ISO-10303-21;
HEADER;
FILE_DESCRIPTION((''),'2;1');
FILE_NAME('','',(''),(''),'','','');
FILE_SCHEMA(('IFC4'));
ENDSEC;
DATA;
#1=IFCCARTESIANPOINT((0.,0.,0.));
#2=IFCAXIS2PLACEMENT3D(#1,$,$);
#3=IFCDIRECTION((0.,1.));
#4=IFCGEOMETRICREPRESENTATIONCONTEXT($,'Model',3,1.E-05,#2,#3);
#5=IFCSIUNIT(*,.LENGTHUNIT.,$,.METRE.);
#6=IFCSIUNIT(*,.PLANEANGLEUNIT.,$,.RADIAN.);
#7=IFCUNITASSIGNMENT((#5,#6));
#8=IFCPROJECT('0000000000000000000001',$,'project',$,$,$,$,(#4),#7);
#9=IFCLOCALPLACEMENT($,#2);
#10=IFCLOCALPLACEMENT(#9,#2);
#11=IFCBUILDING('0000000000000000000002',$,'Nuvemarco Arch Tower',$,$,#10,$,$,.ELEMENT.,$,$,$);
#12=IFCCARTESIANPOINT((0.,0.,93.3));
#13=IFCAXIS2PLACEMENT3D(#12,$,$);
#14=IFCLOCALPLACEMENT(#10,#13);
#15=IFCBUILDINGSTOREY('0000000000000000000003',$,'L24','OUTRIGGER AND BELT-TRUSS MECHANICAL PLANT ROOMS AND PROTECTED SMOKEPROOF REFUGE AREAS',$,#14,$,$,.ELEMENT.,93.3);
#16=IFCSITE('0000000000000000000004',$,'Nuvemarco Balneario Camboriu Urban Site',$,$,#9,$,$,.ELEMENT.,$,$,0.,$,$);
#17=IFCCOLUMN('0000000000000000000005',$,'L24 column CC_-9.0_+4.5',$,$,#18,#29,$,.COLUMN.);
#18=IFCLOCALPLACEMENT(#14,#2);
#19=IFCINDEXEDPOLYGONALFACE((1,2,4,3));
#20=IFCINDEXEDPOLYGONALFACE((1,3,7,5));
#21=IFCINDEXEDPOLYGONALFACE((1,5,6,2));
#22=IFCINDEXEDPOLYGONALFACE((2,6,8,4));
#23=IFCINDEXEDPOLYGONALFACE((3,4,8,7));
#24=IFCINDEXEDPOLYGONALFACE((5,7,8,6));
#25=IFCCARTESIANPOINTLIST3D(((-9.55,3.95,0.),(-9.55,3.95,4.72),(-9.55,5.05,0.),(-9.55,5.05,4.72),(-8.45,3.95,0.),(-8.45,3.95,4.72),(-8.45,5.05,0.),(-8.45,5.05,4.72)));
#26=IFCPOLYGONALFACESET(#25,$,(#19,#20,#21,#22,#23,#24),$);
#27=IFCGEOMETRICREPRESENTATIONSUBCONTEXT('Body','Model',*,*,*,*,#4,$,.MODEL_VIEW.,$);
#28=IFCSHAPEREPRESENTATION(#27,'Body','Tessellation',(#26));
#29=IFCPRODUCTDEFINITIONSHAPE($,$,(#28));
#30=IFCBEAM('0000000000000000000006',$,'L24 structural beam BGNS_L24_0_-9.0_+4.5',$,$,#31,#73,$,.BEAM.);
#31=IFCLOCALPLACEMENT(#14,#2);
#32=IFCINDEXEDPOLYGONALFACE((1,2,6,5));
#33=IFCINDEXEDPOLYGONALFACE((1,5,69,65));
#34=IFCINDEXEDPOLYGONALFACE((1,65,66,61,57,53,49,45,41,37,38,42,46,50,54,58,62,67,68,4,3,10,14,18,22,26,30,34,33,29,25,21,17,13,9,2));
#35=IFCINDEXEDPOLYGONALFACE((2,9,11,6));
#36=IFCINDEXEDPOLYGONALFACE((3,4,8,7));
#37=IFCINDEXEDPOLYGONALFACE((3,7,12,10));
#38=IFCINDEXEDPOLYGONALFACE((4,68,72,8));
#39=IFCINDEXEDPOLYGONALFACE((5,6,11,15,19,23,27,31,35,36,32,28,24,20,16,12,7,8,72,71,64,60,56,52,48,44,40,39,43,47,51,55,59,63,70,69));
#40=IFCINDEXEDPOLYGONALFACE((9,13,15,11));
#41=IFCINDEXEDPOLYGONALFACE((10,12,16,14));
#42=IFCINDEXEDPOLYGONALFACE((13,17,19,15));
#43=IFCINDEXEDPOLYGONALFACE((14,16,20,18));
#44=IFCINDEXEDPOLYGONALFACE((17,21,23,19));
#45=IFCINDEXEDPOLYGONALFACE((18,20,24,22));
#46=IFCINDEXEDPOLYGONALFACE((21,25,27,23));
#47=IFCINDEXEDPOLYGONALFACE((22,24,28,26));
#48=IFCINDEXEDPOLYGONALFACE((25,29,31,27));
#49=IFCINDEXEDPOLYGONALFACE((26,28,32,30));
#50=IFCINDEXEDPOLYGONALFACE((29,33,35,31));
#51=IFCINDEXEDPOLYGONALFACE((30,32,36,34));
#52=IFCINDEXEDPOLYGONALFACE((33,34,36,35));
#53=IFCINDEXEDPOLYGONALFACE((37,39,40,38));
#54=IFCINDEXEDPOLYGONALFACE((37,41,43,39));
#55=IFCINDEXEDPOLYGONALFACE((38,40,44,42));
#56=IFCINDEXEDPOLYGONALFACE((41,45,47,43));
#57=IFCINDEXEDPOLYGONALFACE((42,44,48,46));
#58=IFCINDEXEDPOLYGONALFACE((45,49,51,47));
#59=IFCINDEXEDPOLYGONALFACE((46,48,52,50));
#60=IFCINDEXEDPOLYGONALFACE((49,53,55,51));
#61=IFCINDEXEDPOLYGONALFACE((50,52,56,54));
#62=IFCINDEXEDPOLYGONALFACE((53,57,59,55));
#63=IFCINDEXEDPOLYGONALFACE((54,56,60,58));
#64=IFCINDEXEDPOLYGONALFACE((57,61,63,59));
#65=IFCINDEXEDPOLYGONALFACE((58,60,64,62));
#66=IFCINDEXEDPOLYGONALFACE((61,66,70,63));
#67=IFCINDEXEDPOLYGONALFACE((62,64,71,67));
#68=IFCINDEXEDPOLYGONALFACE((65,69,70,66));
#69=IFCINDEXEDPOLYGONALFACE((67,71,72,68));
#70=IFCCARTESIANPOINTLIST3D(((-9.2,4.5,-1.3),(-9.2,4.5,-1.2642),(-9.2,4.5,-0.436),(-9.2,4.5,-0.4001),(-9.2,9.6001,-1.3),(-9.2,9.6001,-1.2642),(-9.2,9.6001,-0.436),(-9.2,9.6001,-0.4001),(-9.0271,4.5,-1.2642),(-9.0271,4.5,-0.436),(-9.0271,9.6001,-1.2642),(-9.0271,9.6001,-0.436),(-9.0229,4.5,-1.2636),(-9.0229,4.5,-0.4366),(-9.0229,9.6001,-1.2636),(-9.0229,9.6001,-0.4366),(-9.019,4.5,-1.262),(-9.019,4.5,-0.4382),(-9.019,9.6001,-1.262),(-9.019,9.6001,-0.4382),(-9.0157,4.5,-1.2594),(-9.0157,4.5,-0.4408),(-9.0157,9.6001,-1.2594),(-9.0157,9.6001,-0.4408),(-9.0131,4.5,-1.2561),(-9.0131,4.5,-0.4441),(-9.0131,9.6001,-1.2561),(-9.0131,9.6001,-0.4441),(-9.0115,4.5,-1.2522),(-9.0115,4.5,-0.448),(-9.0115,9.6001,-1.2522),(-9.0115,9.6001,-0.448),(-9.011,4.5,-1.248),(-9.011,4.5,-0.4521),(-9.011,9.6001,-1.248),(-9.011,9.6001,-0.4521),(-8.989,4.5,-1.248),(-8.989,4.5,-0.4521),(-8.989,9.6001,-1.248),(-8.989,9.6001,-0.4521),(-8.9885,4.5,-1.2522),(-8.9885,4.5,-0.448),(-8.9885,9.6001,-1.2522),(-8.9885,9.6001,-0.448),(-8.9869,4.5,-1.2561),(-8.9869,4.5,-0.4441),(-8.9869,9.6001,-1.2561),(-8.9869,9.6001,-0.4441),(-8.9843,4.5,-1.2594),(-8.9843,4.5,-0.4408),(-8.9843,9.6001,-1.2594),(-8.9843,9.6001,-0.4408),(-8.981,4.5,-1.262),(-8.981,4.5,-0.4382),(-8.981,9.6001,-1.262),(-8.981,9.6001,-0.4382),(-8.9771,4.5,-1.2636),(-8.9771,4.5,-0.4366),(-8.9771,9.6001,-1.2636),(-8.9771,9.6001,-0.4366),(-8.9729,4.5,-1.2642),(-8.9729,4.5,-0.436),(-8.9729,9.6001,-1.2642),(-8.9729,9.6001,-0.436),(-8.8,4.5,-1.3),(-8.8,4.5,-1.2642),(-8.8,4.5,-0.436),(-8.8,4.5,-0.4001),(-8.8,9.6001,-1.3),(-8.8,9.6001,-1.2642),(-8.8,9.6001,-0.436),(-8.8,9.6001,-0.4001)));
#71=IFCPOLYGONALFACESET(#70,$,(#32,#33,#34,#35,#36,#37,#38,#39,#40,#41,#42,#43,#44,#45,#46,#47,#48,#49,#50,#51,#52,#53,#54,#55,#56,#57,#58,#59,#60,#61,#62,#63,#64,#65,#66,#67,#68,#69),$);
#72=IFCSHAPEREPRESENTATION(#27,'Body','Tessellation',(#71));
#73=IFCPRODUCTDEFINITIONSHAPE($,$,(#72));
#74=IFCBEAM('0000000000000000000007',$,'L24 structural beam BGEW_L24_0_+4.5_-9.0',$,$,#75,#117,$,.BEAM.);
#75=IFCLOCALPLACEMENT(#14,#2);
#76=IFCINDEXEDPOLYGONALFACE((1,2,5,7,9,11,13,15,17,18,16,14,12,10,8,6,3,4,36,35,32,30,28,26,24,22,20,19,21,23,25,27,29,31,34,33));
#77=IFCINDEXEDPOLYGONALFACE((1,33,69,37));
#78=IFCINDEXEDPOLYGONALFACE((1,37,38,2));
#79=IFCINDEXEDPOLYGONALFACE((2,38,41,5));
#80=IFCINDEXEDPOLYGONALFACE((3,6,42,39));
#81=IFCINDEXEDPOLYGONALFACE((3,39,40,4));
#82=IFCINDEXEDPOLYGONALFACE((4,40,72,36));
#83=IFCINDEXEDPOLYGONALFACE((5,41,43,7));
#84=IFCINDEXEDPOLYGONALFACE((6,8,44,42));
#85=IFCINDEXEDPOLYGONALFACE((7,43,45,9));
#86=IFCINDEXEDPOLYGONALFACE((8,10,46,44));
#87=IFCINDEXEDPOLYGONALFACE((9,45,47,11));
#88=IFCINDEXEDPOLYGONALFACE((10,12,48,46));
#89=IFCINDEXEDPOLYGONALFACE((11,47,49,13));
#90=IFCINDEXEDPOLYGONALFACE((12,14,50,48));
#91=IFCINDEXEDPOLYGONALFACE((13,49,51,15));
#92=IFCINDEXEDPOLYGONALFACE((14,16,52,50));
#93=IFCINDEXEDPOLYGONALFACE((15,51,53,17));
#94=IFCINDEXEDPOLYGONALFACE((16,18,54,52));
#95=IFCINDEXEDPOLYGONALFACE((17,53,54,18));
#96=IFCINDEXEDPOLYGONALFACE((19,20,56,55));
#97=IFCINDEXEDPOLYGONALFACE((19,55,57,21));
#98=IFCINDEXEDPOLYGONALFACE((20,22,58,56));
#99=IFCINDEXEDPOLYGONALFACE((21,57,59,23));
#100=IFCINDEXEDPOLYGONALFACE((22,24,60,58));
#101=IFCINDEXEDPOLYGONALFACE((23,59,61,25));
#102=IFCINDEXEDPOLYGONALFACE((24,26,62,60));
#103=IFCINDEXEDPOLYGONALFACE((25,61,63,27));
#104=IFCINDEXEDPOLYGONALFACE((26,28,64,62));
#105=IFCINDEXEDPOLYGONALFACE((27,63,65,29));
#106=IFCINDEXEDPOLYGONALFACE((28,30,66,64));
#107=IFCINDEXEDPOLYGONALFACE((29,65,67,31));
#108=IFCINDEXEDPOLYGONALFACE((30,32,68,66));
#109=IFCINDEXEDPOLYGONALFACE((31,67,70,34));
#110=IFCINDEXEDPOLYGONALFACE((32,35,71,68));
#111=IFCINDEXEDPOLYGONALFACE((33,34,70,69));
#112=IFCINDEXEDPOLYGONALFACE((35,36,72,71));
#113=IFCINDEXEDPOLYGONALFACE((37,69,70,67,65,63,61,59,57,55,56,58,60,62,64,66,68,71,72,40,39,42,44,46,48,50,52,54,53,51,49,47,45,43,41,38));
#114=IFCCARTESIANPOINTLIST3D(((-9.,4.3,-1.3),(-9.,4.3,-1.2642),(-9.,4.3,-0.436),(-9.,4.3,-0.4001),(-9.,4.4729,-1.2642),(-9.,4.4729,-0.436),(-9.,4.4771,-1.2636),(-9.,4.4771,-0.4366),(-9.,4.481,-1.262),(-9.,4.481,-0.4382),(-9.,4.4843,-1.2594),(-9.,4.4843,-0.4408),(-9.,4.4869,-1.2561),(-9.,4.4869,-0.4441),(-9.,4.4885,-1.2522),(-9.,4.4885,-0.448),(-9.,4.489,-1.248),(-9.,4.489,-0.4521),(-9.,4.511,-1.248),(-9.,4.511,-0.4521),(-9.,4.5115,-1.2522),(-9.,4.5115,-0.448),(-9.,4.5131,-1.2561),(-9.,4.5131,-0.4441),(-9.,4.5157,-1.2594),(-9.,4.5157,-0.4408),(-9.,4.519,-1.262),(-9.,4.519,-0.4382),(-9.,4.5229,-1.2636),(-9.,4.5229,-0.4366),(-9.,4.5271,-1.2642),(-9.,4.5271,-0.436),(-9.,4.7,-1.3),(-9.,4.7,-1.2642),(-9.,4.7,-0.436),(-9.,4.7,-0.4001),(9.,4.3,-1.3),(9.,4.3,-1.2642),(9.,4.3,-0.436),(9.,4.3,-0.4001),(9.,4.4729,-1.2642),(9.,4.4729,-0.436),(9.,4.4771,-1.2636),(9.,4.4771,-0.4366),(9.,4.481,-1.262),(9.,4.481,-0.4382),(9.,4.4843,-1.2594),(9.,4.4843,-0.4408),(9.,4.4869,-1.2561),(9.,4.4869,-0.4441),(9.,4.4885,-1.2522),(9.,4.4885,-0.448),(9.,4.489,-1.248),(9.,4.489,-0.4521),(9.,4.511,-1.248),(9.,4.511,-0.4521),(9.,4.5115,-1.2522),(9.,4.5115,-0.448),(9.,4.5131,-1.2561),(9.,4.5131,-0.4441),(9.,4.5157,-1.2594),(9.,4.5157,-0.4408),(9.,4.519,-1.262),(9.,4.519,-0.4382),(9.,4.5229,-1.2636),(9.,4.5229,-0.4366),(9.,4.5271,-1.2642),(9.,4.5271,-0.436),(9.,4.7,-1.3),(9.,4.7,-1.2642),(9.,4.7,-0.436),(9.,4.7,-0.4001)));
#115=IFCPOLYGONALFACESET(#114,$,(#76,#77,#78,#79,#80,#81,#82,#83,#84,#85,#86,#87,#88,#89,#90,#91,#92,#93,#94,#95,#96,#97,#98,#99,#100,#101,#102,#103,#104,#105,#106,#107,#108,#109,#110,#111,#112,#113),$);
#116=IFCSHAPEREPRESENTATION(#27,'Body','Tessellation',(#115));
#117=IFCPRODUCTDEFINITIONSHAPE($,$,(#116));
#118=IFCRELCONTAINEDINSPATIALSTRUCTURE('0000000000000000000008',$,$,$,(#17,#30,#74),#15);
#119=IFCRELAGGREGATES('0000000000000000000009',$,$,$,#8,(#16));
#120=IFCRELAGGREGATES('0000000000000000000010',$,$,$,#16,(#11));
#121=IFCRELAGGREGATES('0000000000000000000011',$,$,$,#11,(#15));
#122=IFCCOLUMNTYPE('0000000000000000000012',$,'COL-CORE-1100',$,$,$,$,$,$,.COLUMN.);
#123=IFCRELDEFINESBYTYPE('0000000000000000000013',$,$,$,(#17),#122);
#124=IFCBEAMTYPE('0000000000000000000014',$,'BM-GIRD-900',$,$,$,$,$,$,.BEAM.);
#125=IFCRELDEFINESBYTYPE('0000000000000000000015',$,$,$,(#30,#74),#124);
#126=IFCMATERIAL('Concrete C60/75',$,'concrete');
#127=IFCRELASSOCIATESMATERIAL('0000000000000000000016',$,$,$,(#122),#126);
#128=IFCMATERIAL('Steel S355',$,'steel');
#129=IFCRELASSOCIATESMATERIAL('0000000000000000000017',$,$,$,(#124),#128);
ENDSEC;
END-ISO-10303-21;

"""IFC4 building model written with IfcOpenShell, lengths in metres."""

from ifc_helpers import new_model, si_unit, direction, frame, origin, origin_2d, place, context, subcontext, project, spatial, rectangle, i_section, extrude, material, material_profile, profile_set, type_object, element, save


model = new_model("IFC4")

# Units and contexts
model_context = context("Model", 3, precision=1e-05, world=origin(), true_north=direction((0.0, 1.0)))
body_context = subcontext(model_context, "Body", "Model", "MODEL_VIEW")
ifc_project = project(units=[si_unit("LENGTHUNIT", "METRE"), si_unit("PLANEANGLEUNIT", "RADIAN")], contexts=[model_context])

# Site, building, storey
site_placement = place(None, origin())
site = spatial("IfcSite", under=ifc_project, at=site_placement, Name="Nuvemarco Balneario Camboriu Urban Site", CompositionType="ELEMENT", RefElevation=0.0)
building_placement = place(site_placement, origin())
building = spatial("IfcBuilding", under=site, at=building_placement, Name="Nuvemarco Arch Tower", CompositionType="ELEMENT")
storey_placement = place(building_placement, frame((0.0, 0.0, 93.3)))
storey = spatial("IfcBuildingStorey", under=building, at=storey_placement, Name="L24", Description="OUTRIGGER AND BELT-TRUSS MECHANICAL PLANT ROOMS AND PROTECTED SMOKEPROOF REFUGE AREAS", CompositionType="ELEMENT", Elevation=93.3)

# Column
ifc_material_1 = material(Name="Concrete C60/75", Category="concrete")
ifc_material_profile_1 = material_profile(ifc_material_1, rectangle(XDim=1.1001, YDim=1.1001, at=origin_2d()), Name="RC-COL-1100x1100")
ifc_profile_set_1 = profile_set([ifc_material_profile_1], Name="Concrete C60/75")
column_type = type_object("IfcColumnType", Name="COL-CORE-1100", PredefinedType="COLUMN", material=ifc_profile_set_1)
column_placement = place(storey_placement, frame((-9.0, 4.5, 0.0), z_axis=(0.0, 0.0, 1.0), x_axis=(1.0, 0.0, 0.0)))
element("IfcColumn", 1, at=column_placement, inside=storey, type_object=column_type, Name="L24 column CC_-9.0_+4.5", PredefinedType="COLUMN", context=body_context, shape_type="SweptSolid", body=[
    extrude(rectangle(XDim=1.1001, YDim=1.1001, at=origin_2d()), origin(), (0.0, 0.0, 1.0), 4.72),
])

# Beams
ifc_material_2 = material(Name="Steel S355", Category="steel")
ifc_material_profile_2 = material_profile(ifc_material_2, i_section(OverallWidth=0.3999, OverallDepth=0.8999, WebThickness=0.022, FlangeThickness=0.0359, FilletRadius=0.0161, at=origin_2d()), Name="PG900x400")
ifc_profile_set_2 = profile_set([ifc_material_profile_2], Name="Steel S355")
beam_type = type_object("IfcBeamType", Name="BM-GIRD-900", PredefinedType="BEAM", material=ifc_profile_set_2)
beam_1_placement = place(storey_placement, frame((-9.0, 4.5, -0.8501), z_axis=(0.0, 1.0, 0.0), x_axis=(-1.0, 0.0, 0.0)))
element("IfcBeam", 2, at=beam_1_placement, inside=storey, type_object=beam_type, Name="L24 structural beam BGNS_L24_0_-9.0_+4.5", PredefinedType="BEAM", context=body_context, shape_type="SweptSolid", body=[
    extrude(i_section(OverallWidth=0.3999, OverallDepth=0.8999, WebThickness=0.022, FlangeThickness=0.0359, FilletRadius=0.0161, at=origin_2d()), origin(), (0.0, 0.0, 1.0), 5.1001),
])
beam_2_placement = place(storey_placement, frame((-9.0, 4.5, -0.8501), z_axis=(1.0, 0.0, 0.0), x_axis=(0.0, 1.0, 0.0)))
element("IfcBeam", 3, at=beam_2_placement, inside=storey, type_object=beam_type, Name="L24 structural beam BGEW_L24_0_+4.5_-9.0", PredefinedType="BEAM", context=body_context, shape_type="SweptSolid", body=[
    extrude(i_section(OverallWidth=0.3999, OverallDepth=0.8999, WebThickness=0.022, FlangeThickness=0.0359, FilletRadius=0.0161, at=origin_2d()), origin(), (0.0, 0.0, 1.0), 18.0),
])

save(model, "model.ifc")
